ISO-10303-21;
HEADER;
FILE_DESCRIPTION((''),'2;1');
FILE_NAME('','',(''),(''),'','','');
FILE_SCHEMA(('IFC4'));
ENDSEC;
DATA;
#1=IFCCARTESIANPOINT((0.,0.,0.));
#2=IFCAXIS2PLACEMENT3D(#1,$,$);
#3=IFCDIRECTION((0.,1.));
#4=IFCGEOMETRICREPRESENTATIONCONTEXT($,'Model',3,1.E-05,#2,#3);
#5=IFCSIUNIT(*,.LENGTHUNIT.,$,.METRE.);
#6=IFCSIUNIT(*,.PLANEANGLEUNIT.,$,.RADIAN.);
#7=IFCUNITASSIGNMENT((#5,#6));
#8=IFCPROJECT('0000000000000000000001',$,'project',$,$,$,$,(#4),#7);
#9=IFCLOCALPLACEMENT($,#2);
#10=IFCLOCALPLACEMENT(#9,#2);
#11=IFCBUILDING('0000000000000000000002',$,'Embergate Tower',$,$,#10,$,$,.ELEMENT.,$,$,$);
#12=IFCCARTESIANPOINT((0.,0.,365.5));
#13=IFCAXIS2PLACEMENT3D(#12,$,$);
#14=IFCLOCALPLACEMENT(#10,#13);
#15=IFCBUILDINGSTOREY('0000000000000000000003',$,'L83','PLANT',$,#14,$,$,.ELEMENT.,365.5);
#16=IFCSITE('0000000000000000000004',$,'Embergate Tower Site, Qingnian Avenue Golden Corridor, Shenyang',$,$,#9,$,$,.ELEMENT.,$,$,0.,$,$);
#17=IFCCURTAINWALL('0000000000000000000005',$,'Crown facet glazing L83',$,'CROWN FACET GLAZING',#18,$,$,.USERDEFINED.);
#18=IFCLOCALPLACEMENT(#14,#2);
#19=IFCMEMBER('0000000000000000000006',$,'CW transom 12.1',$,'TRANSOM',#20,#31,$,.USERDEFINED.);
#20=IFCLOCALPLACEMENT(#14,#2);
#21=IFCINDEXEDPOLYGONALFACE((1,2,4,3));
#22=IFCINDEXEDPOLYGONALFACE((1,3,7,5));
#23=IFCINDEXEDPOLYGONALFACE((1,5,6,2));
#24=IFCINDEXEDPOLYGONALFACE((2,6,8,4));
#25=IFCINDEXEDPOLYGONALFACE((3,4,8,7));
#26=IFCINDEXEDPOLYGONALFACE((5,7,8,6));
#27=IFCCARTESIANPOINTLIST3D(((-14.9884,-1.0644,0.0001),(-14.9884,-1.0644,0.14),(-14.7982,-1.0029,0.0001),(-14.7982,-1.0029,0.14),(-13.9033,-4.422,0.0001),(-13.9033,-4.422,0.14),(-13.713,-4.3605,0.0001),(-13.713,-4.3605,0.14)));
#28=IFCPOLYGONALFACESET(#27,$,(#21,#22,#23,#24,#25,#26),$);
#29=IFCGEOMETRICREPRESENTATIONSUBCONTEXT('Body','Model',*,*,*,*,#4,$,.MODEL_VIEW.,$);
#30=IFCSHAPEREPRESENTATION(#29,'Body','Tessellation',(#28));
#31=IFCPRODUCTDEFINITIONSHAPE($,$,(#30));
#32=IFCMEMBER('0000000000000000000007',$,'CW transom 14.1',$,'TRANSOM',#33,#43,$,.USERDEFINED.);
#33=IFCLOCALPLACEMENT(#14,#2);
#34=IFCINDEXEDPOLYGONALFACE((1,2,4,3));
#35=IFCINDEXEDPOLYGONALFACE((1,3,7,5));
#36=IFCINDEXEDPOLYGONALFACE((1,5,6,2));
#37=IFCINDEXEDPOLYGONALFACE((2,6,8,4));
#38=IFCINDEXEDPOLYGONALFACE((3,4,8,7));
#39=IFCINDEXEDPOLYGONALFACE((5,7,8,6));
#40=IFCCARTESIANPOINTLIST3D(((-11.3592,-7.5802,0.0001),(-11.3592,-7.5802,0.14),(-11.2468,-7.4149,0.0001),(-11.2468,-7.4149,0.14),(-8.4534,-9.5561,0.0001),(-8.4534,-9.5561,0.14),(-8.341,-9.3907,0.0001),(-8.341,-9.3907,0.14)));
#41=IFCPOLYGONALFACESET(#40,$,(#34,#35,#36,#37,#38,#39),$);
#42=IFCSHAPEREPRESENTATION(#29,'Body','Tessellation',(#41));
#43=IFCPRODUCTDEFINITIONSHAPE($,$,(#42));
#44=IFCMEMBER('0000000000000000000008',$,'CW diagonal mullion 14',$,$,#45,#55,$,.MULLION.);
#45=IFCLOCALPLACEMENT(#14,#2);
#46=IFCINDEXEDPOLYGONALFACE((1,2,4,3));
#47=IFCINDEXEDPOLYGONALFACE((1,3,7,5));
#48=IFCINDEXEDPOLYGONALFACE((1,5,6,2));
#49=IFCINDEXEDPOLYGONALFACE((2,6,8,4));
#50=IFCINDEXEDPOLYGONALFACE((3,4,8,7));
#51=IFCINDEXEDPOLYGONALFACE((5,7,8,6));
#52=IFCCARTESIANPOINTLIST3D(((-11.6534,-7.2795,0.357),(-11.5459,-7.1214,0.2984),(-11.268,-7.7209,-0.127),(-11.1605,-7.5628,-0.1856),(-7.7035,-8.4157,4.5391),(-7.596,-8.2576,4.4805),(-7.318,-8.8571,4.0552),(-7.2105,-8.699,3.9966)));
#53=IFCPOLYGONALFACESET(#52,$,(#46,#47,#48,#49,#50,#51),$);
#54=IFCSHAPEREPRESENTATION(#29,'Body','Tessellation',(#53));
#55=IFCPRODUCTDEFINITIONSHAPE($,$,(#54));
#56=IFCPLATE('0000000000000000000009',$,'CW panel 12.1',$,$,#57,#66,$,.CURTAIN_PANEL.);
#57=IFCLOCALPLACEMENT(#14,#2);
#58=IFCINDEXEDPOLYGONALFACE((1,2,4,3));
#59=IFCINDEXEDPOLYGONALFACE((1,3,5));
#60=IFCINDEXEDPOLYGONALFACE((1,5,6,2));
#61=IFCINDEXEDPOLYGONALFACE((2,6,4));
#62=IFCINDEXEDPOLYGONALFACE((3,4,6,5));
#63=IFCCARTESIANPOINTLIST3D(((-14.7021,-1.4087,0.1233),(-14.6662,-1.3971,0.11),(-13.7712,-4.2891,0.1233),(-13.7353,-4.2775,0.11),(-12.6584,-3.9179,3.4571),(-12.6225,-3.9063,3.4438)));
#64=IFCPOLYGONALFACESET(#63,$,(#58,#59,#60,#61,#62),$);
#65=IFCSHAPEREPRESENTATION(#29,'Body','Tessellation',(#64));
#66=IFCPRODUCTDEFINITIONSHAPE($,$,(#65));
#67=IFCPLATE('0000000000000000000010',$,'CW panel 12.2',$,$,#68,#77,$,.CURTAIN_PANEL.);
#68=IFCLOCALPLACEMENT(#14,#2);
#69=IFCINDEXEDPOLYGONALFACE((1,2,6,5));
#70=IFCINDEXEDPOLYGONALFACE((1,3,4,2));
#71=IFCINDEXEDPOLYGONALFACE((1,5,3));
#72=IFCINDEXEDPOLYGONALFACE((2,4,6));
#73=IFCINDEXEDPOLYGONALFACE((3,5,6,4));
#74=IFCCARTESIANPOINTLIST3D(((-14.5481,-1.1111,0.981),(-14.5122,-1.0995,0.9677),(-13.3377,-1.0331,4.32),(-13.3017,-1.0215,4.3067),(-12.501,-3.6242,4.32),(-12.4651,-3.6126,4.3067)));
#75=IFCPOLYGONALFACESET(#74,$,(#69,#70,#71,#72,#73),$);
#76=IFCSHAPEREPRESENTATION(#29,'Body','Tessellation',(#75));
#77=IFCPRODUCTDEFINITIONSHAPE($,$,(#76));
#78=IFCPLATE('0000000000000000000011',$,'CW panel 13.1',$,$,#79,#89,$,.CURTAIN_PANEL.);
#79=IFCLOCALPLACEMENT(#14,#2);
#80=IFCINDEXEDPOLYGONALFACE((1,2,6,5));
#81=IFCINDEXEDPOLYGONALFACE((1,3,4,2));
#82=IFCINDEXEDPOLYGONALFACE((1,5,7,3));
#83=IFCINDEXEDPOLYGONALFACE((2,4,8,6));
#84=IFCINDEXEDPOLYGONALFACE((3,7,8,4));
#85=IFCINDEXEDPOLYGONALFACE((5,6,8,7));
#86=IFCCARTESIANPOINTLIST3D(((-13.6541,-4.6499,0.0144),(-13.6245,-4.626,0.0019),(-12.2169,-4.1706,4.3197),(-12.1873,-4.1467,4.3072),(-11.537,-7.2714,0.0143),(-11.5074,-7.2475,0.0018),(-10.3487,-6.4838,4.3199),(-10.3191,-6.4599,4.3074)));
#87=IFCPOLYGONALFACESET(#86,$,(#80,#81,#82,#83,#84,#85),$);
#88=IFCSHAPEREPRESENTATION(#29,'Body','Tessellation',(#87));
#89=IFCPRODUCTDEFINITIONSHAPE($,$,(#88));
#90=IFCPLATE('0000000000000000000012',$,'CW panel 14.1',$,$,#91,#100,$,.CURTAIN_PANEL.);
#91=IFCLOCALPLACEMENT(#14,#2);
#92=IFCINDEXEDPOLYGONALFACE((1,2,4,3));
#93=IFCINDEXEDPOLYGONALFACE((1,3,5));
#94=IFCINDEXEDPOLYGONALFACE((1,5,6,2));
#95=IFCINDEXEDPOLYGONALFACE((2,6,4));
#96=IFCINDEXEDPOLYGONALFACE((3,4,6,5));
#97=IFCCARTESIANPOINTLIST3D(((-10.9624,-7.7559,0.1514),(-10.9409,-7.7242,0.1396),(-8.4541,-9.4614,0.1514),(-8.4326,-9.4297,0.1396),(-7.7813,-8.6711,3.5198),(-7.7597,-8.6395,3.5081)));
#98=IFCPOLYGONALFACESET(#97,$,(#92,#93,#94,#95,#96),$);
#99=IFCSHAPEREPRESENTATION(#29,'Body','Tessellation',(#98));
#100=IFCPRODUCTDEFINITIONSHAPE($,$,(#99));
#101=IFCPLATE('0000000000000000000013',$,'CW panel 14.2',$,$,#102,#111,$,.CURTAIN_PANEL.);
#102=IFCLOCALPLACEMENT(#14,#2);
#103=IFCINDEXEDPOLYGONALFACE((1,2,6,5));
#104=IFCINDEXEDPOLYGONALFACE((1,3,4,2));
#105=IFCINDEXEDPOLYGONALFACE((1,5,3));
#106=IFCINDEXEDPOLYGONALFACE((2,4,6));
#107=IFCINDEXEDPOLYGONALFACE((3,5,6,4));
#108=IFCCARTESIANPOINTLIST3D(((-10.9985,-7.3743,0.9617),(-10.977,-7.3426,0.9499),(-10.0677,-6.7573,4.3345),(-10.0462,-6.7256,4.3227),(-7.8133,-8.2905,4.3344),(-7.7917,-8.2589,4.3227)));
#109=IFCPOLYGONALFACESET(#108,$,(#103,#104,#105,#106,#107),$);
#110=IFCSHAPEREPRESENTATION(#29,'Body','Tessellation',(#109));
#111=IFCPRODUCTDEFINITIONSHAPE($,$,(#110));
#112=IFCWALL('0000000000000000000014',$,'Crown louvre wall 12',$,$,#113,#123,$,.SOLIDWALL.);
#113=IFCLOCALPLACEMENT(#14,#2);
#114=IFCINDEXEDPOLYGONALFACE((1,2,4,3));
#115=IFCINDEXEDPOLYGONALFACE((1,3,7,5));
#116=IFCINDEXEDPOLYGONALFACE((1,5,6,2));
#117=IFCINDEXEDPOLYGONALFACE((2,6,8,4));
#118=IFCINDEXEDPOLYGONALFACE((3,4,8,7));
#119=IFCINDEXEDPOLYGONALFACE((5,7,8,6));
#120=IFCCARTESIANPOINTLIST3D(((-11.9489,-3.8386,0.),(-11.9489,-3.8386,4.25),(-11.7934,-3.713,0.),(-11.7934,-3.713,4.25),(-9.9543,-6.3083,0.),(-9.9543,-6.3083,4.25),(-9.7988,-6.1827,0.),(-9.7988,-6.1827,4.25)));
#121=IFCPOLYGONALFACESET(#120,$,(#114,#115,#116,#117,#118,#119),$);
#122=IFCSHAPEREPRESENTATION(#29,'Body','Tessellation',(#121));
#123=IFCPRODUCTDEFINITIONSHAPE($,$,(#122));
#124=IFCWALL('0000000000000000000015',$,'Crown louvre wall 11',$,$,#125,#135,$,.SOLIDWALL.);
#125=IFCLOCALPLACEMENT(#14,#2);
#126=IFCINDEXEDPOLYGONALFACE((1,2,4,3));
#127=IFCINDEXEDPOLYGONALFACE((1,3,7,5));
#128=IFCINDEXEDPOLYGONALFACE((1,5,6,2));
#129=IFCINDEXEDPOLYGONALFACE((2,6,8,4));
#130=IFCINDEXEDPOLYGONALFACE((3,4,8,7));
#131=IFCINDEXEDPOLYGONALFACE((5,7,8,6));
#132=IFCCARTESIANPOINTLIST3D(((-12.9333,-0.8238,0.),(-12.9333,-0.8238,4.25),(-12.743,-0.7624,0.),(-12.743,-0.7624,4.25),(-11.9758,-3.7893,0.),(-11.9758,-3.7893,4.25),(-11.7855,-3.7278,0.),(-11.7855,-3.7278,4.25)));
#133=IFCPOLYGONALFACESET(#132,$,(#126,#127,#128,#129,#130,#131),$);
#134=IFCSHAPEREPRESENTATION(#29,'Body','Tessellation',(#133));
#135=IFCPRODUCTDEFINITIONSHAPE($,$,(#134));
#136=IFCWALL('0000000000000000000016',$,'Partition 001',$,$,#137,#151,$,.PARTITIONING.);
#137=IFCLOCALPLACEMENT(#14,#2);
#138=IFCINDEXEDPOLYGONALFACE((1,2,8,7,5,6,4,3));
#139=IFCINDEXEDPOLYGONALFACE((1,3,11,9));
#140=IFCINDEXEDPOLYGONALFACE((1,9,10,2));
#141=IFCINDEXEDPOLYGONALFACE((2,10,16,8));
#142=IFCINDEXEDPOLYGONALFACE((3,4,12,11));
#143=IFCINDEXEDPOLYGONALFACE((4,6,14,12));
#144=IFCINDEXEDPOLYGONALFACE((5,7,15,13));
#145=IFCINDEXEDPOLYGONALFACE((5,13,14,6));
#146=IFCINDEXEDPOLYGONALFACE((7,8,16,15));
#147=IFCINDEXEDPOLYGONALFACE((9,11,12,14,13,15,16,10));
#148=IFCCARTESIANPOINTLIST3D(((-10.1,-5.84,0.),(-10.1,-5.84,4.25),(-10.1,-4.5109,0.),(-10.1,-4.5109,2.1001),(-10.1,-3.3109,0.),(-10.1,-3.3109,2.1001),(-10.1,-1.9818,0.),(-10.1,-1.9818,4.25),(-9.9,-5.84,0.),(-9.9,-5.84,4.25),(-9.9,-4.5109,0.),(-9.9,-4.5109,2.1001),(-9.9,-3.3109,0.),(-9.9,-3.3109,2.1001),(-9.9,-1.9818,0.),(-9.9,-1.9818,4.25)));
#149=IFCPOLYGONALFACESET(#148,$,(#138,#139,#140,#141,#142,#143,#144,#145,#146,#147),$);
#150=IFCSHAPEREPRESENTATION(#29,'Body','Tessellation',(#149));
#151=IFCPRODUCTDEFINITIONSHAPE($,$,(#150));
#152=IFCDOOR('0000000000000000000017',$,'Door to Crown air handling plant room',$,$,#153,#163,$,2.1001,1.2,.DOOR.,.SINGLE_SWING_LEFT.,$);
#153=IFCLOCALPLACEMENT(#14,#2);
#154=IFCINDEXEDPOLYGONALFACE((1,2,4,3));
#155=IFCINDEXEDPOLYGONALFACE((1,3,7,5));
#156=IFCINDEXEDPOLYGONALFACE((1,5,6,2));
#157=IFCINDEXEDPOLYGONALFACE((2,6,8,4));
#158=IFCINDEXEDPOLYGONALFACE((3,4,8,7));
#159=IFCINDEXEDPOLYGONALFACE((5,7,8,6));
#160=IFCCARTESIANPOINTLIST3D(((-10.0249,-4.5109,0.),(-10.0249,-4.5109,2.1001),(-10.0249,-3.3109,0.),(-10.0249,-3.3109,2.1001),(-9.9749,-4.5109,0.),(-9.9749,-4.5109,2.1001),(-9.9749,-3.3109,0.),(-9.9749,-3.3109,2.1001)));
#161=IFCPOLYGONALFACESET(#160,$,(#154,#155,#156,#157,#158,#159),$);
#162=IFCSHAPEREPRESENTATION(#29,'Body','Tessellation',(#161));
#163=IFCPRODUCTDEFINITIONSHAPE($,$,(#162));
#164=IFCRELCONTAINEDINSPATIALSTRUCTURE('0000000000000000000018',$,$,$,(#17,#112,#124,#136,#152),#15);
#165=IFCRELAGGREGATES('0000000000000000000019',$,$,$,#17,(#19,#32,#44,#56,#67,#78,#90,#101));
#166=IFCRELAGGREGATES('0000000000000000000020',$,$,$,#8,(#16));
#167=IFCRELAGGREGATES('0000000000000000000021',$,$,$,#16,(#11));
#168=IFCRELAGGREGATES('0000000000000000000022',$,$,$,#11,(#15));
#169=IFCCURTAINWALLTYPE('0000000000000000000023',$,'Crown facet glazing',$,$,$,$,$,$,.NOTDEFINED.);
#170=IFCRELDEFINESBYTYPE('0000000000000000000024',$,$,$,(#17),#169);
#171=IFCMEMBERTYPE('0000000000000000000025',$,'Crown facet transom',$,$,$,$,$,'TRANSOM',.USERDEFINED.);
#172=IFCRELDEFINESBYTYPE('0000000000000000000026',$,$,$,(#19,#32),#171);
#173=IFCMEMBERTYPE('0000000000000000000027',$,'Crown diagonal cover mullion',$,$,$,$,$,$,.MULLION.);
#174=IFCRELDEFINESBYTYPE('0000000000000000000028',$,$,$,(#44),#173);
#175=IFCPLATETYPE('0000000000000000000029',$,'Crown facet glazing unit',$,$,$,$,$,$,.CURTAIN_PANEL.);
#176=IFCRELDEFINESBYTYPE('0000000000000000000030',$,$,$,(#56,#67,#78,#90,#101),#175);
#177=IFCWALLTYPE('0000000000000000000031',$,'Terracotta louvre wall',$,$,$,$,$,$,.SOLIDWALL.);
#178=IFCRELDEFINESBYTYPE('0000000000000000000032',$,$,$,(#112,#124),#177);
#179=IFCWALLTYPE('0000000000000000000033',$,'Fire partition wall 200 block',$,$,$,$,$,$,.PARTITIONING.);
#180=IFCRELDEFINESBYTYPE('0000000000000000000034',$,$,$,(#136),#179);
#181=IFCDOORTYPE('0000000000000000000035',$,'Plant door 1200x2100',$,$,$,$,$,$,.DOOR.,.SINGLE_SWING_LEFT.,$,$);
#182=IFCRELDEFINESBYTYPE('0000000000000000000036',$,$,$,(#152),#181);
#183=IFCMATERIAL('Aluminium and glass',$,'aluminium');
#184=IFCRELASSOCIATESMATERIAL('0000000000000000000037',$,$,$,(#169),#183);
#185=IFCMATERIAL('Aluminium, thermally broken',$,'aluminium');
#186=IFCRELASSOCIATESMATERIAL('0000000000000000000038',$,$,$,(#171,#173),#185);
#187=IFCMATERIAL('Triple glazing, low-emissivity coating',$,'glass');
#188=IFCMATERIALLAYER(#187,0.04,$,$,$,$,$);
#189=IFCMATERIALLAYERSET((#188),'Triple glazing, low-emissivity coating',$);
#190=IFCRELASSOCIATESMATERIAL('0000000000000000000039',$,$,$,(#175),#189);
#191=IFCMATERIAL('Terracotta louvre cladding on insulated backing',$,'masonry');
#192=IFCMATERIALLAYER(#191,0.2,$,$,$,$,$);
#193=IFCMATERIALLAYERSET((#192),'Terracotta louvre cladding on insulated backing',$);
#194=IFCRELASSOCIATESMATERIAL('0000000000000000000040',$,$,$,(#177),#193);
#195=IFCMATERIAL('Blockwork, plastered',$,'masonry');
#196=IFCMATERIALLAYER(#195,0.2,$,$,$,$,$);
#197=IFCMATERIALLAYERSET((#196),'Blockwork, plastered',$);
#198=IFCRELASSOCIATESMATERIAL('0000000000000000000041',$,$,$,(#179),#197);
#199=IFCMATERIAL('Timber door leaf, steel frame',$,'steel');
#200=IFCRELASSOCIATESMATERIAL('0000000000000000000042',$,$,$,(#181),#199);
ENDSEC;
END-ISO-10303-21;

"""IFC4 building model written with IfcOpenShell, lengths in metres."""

from ifc_helpers import new_model, si_unit, direction, frame, frame_2d, origin, origin_2d, place, context, subcontext, project, spatial, polyline, rectangle, outline, extrude, source, transform, mapped, material, layer, layer_set, material_profile, profile_set, type_object, element, fill, aggregate, save


model = new_model("IFC4")

# Units and contexts
model_context = context("Model", 3, precision=1e-05, world=origin(), true_north=direction((0.0, 1.0)))
body_context = subcontext(model_context, "Body", "Model", "MODEL_VIEW")
ifc_project = project(units=[si_unit("LENGTHUNIT", "METRE"), si_unit("PLANEANGLEUNIT", "RADIAN")], contexts=[model_context])

# Site, building, storey
site_placement = place(None, origin())
site = spatial("IfcSite", under=ifc_project, at=site_placement, Name="Embergate Tower Site, Qingnian Avenue Golden Corridor, Shenyang", CompositionType="ELEMENT", RefElevation=0.0)
building_placement = place(site_placement, origin())
building = spatial("IfcBuilding", under=site, at=building_placement, Name="Embergate Tower", CompositionType="ELEMENT")
storey_placement = place(building_placement, frame((0.0, 0.0, 365.5)))
storey = spatial("IfcBuildingStorey", under=building, at=storey_placement, Name="L83", Description="PLANT", CompositionType="ELEMENT", Elevation=365.5)

# Curtain wall, members, plates
ifc_material_1 = material(Name="Aluminium and glass", Category="aluminium")
curtain_wall_type = type_object("IfcCurtainWallType", Name="Crown facet glazing", PredefinedType="NOTDEFINED", material=ifc_material_1)
curtain_wall_placement = place(storey_placement, origin())
curtain_wall = element("IfcCurtainWall", 1, at=curtain_wall_placement, inside=storey, type_object=curtain_wall_type, Name="Crown facet glazing L83", ObjectType="CROWN FACET GLAZING", PredefinedType="USERDEFINED")
ifc_material_2 = material(Name="Aluminium, thermally broken", Category="aluminium")
ifc_material_profile_1 = material_profile(ifc_material_2, rectangle(XDim=0.2, YDim=0.1399, at=origin_2d()), Name="AL 140x200")
ifc_profile_set_1 = profile_set([ifc_material_profile_1], Name="Aluminium, thermally broken")
member_type_1 = type_object("IfcMemberType", Name="Crown facet transom", ElementType="TRANSOM", PredefinedType="USERDEFINED", material=ifc_profile_set_1)
shared_shape_1 = source(origin(), body_context, "Body", "SweptSolid", [
    extrude(rectangle(XDim=0.2, YDim=0.1399, at=origin_2d()), origin(), (0.0, 0.0, 1.0), 3.5286),
])
member_1_placement = place(storey_placement, frame((-14.8933, -1.0337, 0.0701), z_axis=(0.307538, -0.951536, 0.0), x_axis=(0.951536, 0.307538, 0.0)))
member_1 = element("IfcMember", 2, at=member_1_placement, type_object=member_type_1, Name="CW transom 12.1", ObjectType="TRANSOM", PredefinedType="USERDEFINED", context=body_context, shape_type="MappedRepresentation", body=[
    mapped(shared_shape_1, transform((0.0, 0.0, 0.0))),
])
shared_shape_2 = source(origin(), body_context, "Body", "SweptSolid", [
    extrude(rectangle(XDim=0.2, YDim=0.1399, at=origin_2d()), origin(), (0.0, 0.0, 1.0), 3.5139),
])
member_2_placement = place(storey_placement, frame((-11.303, -7.4976, 0.0701), z_axis=(0.826938, -0.562293, 0.0), x_axis=(0.562293, 0.826938, 0.0)))
member_2 = element("IfcMember", 3, at=member_2_placement, type_object=member_type_1, Name="CW transom 14.1", ObjectType="TRANSOM", PredefinedType="USERDEFINED", context=body_context, shape_type="MappedRepresentation", body=[
    mapped(shared_shape_2, transform((0.0, 0.0, 0.0))),
])
ifc_material_profile_2 = material_profile(ifc_material_2, rectangle(XDim=0.2, YDim=0.76, at=origin_2d()), Name="AL 760x200")
ifc_profile_set_2 = profile_set([ifc_material_profile_2], Name="Aluminium, thermally broken")
member_type_2 = type_object("IfcMemberType", Name="Crown diagonal cover mullion", PredefinedType="MULLION", material=ifc_profile_set_2)
shared_shape_3 = source(origin(), body_context, "Body", "SweptSolid", [
    extrude(rectangle(XDim=0.2, YDim=0.76, at=origin_2d()), origin(), (0.0, 0.0, 1.0), 5.8638),
])
member_3_placement = place(storey_placement, frame((-11.407, -7.4211, 0.0857), z_axis=(0.673624, -0.193773, 0.71322), x_axis=(-0.537627, -0.790648, 0.292971)))
member_3 = element("IfcMember", 4, at=member_3_placement, type_object=member_type_2, Name="CW diagonal mullion 14", PredefinedType="MULLION", context=body_context, shape_type="MappedRepresentation", body=[
    mapped(shared_shape_3, transform((0.0, 0.0, 0.0))),
])
ifc_material_3 = material(Name="Triple glazing, low-emissivity coating", Category="glass")
ifc_layer_1 = layer(ifc_material_3, 0.04)
ifc_layer_set_1 = layer_set([ifc_layer_1], Name="Triple glazing, low-emissivity coating")
plate_type = type_object("IfcPlateType", Name="Crown facet glazing unit", PredefinedType="CURTAIN_PANEL", material=ifc_layer_set_1)
shared_shape_4 = source(origin(), body_context, "Body", "SweptSolid", [
    extrude(outline(polyline([(0.0, 0.0), (3.0271, 0.0), (3.0161, 3.5342), (0.0, 0.0)])), origin(), (0.0, 0.0, -1.0), 0.04),
])
plate_1_placement = place(storey_placement, frame((-14.7021, -1.4087, 0.1233), z_axis=(-0.897598, -0.290095, 0.331907), x_axis=(0.307528, -0.951539, 0.0)))
plate_1 = element("IfcPlate", 5, at=plate_1_placement, type_object=plate_type, Name="CW panel 12.1", PredefinedType="CURTAIN_PANEL", context=body_context, shape_type="MappedRepresentation", body=[
    mapped(shared_shape_4, transform((0.0, 0.0, 0.0))),
])
shared_shape_5 = source(origin(), body_context, "Body", "SweptSolid", [
    extrude(outline(polyline([(0.0, 0.0), (4.6536, 0.0), (2.8862, 2.0713), (0.0, 0.0)])), origin(), (0.0, 0.0, -1.0), 0.04),
])
plate_2_placement = place(storey_placement, frame((-14.5481, -1.1111, 0.981), z_axis=(-0.897594, -0.289838, 0.332144), x_axis=(0.439895, -0.540046, 0.717525)))
plate_2 = element("IfcPlate", 6, at=plate_2_placement, type_object=plate_type, Name="CW panel 12.2", PredefinedType="CURTAIN_PANEL", context=body_context, shape_type="MappedRepresentation", body=[
    mapped(shared_shape_5, transform((0.0, 0.0, 0.0))),
])
shared_shape_6 = source(origin(), body_context, "Body", "SweptSolid", [
    extrude(outline(polyline([(0.0, 0.0), (3.3696, 0.0), (3.5034, 4.5334), (0.53, 4.5332), (0.0, 0.0)])), origin(), (0.0, 0.0, -1.0), 0.04),
])
plate_3_placement = place(storey_placement, frame((-13.6541, -4.6499, 0.0144), z_axis=(-0.738867, -0.596708, 0.313073), x_axis=(0.628289, -0.77798, -0.000017)))
plate_3 = element("IfcPlate", 7, at=plate_3_placement, type_object=plate_type, Name="CW panel 13.1", PredefinedType="CURTAIN_PANEL", context=body_context, shape_type="MappedRepresentation", body=[
    mapped(shared_shape_6, transform((0.0, 0.0, 0.0))),
])
shared_shape_7 = source(origin(), body_context, "Body", "SweptSolid", [
    extrude(outline(polyline([(0.0, 0.0), (3.0332, 0.0), (3.1453, 3.5229), (0.0, 0.0)])), origin(), (0.0, 0.0, -1.0), 0.04),
])
plate_4_placement = place(storey_placement, frame((-10.9624, -7.7559, 0.1514), z_axis=(-0.537632, -0.790672, 0.292898), x_axis=(0.826938, -0.562292, 0.0)))
plate_4 = element("IfcPlate", 8, at=plate_4_placement, type_object=plate_type, Name="CW panel 14.1", PredefinedType="CURTAIN_PANEL", context=body_context, shape_type="MappedRepresentation", body=[
    mapped(shared_shape_7, transform((0.0, 0.0, 0.0))),
])
shared_shape_8 = source(origin(), body_context, "Body", "SweptSolid", [
    extrude(outline(polyline([(0.0, 0.0), (4.7288, 0.0), (2.9131, 2.0339), (0.0, 0.0)])), origin(), (0.0, 0.0, -1.0), 0.04),
])
plate_5_placement = place(storey_placement, frame((-10.9985, -7.3743, 0.9617), z_axis=(-0.53768, -0.790596, 0.293016), x_axis=(0.673597, -0.193762, 0.713248)))
plate_5 = element("IfcPlate", 9, at=plate_5_placement, type_object=plate_type, Name="CW panel 14.2", PredefinedType="CURTAIN_PANEL", context=body_context, shape_type="MappedRepresentation", body=[
    mapped(shared_shape_8, transform((0.0, 0.0, 0.0))),
])
aggregate(curtain_wall, [member_1, member_2, member_3, plate_1, plate_2, plate_3, plate_4, plate_5])

# Walls
ifc_material_4 = material(Name="Terracotta louvre cladding on insulated backing", Category="masonry")
ifc_layer_2 = layer(ifc_material_4, 0.2)
ifc_layer_set_2 = layer_set([ifc_layer_2], Name="Terracotta louvre cladding on insulated backing")
wall_type_1 = type_object("IfcWallType", Name="Terracotta louvre wall", PredefinedType="SOLIDWALL", material=ifc_layer_set_2)
shared_shape_9 = source(origin(), body_context, "Body", "SweptSolid", [
    extrude(rectangle(XDim=3.1746, YDim=0.2, at=frame_2d((1.5874, 0.0))), origin(), (0.0, 0.0, 1.0), 4.25),
])
wall_1_placement = place(storey_placement, frame((-9.8765, -6.2456, 0.0), z_axis=(0.0, 0.0, 1.0), x_axis=(-0.628308, 0.777964, 0.0)))
element("IfcWall", 10, at=wall_1_placement, inside=storey, type_object=wall_type_1, Name="Crown louvre wall 12", PredefinedType="SOLIDWALL", context=body_context, shape_type="MappedRepresentation", body=[
    mapped(shared_shape_9, transform((0.0, 0.0, 0.0))),
])
shared_shape_10 = source(origin(), body_context, "Body", "SweptSolid", [
    extrude(rectangle(XDim=3.1162, YDim=0.2, at=frame_2d((1.5581, 0.0))), origin(), (0.0, 0.0, 1.0), 4.25),
])
wall_2_placement = place(storey_placement, frame((-11.8806, -3.7585, 0.0), z_axis=(0.0, 0.0, 1.0), x_axis=(-0.307282, 0.951618, 0.0)))
element("IfcWall", 11, at=wall_2_placement, inside=storey, type_object=wall_type_1, Name="Crown louvre wall 11", PredefinedType="SOLIDWALL", context=body_context, shape_type="MappedRepresentation", body=[
    mapped(shared_shape_10, transform((0.0, 0.0, 0.0))),
])

# Wall, opening, door
ifc_material_5 = material(Name="Blockwork, plastered", Category="masonry")
ifc_layer_3 = layer(ifc_material_5, 0.2)
ifc_layer_set_3 = layer_set([ifc_layer_3], Name="Blockwork, plastered")
wall_type_2 = type_object("IfcWallType", Name="Fire partition wall 200 block", PredefinedType="PARTITIONING", material=ifc_layer_set_3)
shared_shape_11 = source(origin(), body_context, "Body", "SweptSolid", [
    extrude(rectangle(XDim=3.8582, YDim=0.2, at=frame_2d((1.9292, 0.0))), origin(), (0.0, 0.0, 1.0), 4.25),
])
wall_3_placement = place(storey_placement, frame((-10.0, -5.8401, 0.0), z_axis=(0.0, 0.0, 1.0), x_axis=(0.0, 1.0, 0.0)))
wall_3 = element("IfcWall", 12, at=wall_3_placement, inside=storey, type_object=wall_type_2, Name="Partition 001", PredefinedType="PARTITIONING", context=body_context, shape_type="MappedRepresentation", body=[
    mapped(shared_shape_11, transform((0.0, 0.0, 0.0))),
])
shared_shape_12 = source(origin(), body_context, "Body", "SweptSolid", [
    extrude(rectangle(XDim=1.2, YDim=2.1001, at=frame_2d((0.6001, 1.05))), frame((0.0, 0.1099, 0.0), z_axis=(0.0, -1.0, 0.0), x_axis=(1.0, 0.0, 0.0)), (0.0, 0.0, 1.0), 0.22),
])
opening_1_placement = place(wall_3_placement, frame((1.3291, 0.0, 0.0)))
opening_1 = element("IfcOpeningElement", 13, at=opening_1_placement, cuts=wall_3, PredefinedType="OPENING", context=body_context, shape_type="MappedRepresentation", body=[
    mapped(shared_shape_12, transform((0.0, 0.0, 0.0))),
])
ifc_material_6 = material(Name="Timber door leaf, steel frame", Category="steel")
door_type = type_object("IfcDoorType", Name="Plant door 1200x2100", OperationType="SINGLE_SWING_LEFT", PredefinedType="DOOR", material=ifc_material_6)
shared_shape_13 = source(origin(), body_context, "Body", "SweptSolid", [
    extrude(rectangle(XDim=1.2, YDim=2.1001, at=frame_2d((0.6001, 1.05))), frame((0.0, 0.0249, 0.0), z_axis=(0.0, -1.0, 0.0), x_axis=(1.0, 0.0, 0.0)), (0.0, 0.0, 1.0), 0.05),
])
door_1_placement = place(opening_1_placement, origin())
door_1 = element("IfcDoor", 14, at=door_1_placement, inside=storey, type_object=door_type, Name="Door to Crown air handling plant room", OperationType="SINGLE_SWING_LEFT", OverallHeight=2.1001, OverallWidth=1.2, PredefinedType="DOOR", context=body_context, shape_type="MappedRepresentation", body=[
    mapped(shared_shape_13, transform((0.0, 0.0, 0.0))),
])
fill(opening_1, door_1)

save(model, "model.ifc")
